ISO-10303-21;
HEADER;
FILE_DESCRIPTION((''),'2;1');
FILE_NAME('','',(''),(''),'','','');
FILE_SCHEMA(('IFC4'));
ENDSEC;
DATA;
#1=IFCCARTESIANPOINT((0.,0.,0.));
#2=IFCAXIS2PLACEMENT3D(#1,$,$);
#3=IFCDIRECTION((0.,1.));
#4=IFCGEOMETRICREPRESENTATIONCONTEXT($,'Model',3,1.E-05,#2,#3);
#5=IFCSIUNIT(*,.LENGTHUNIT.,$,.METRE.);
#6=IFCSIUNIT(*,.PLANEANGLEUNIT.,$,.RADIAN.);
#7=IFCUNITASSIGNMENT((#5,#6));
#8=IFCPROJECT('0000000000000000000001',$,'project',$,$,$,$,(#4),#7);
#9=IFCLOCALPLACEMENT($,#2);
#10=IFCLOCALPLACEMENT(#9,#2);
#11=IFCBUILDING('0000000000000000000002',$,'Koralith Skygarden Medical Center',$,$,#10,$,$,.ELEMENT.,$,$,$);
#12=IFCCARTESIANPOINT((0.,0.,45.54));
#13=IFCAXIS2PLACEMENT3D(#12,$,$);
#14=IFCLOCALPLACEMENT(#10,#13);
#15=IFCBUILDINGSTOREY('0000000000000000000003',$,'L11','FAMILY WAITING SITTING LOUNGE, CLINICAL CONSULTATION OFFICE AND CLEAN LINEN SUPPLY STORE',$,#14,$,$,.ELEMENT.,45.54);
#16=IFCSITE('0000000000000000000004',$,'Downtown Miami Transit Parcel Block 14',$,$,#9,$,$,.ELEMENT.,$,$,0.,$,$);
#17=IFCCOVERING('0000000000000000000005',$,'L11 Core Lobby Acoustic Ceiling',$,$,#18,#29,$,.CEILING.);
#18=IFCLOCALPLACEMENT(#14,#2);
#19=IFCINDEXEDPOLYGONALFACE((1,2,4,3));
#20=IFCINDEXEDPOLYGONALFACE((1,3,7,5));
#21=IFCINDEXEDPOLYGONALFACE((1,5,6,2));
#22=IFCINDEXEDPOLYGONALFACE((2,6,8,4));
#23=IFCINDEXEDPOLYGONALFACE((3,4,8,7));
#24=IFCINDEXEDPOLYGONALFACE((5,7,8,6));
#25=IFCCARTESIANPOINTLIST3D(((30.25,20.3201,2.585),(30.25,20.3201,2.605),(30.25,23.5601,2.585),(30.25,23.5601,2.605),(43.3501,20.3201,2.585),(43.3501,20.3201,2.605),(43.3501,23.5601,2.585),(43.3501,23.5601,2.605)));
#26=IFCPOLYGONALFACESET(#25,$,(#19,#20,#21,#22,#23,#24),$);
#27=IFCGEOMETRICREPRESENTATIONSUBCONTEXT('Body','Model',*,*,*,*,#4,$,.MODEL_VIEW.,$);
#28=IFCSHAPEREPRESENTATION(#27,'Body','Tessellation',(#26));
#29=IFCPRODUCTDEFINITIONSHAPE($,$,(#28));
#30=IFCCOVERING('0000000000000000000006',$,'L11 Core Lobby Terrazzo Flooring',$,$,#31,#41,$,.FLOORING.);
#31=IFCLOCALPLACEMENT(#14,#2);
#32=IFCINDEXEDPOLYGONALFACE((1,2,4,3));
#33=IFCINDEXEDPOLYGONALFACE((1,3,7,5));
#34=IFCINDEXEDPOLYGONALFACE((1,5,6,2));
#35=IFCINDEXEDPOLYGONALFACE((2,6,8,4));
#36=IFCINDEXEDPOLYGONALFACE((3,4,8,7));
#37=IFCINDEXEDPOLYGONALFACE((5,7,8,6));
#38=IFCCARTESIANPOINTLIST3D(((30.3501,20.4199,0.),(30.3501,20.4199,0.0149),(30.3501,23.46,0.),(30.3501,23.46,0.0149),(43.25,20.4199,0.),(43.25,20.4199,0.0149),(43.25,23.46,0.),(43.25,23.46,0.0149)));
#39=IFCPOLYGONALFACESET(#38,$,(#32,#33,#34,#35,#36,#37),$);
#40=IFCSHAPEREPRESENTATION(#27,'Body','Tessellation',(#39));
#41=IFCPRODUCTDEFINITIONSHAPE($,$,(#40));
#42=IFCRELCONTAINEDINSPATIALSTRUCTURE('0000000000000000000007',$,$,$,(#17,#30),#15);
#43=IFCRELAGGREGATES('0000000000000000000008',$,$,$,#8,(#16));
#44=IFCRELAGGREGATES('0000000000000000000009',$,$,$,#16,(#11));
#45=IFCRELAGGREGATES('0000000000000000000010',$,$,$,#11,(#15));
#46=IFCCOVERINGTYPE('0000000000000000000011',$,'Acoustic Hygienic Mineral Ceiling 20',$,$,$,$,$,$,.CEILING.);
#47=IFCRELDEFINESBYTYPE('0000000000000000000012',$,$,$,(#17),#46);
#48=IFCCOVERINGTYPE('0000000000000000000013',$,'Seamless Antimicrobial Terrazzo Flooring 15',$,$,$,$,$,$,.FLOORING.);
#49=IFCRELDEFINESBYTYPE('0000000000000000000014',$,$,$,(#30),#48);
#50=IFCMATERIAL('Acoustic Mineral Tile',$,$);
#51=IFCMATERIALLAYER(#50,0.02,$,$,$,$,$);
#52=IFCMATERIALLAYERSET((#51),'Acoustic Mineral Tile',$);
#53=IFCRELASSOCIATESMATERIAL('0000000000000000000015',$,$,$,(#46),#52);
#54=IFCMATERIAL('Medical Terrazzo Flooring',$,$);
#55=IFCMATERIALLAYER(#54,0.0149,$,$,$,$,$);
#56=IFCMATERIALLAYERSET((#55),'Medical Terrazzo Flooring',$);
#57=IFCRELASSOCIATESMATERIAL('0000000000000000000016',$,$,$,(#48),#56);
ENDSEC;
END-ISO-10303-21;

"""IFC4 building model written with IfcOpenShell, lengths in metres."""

from ifc_helpers import new_model, si_unit, direction, frame, origin, place, context, subcontext, project, spatial, polyline, outline, extrude, material, layer, layer_set, type_object, element, save


model = new_model("IFC4")

# Units and contexts
model_context = context("Model", 3, precision=1e-05, world=origin(), true_north=direction((0.0, 1.0)))
body_context = subcontext(model_context, "Body", "Model", "MODEL_VIEW")
ifc_project = project(units=[si_unit("LENGTHUNIT", "METRE"), si_unit("PLANEANGLEUNIT", "RADIAN")], contexts=[model_context])

# Site, building, storey
site_placement = place(None, origin())
site = spatial("IfcSite", under=ifc_project, at=site_placement, Name="Downtown Miami Transit Parcel Block 14", CompositionType="ELEMENT", RefElevation=0.0)
building_placement = place(site_placement, origin())
building = spatial("IfcBuilding", under=site, at=building_placement, Name="Koralith Skygarden Medical Center", CompositionType="ELEMENT")
storey_placement = place(building_placement, frame((0.0, 0.0, 45.54)))
storey = spatial("IfcBuildingStorey", under=building, at=storey_placement, Name="L11", Description="FAMILY WAITING SITTING LOUNGE, CLINICAL CONSULTATION OFFICE AND CLEAN LINEN SUPPLY STORE", CompositionType="ELEMENT", Elevation=45.54)

# Coverings
ifc_material_1 = material(Name="Acoustic Mineral Tile")
ifc_layer_1 = layer(ifc_material_1, 0.02)
ifc_layer_set_1 = layer_set([ifc_layer_1], Name="Acoustic Mineral Tile")
covering_type_1 = type_object("IfcCoveringType", Name="Acoustic Hygienic Mineral Ceiling 20", PredefinedType="CEILING", material=ifc_layer_set_1)
covering_1_placement = place(storey_placement, frame((0.0, 0.0, 2.585)))
element("IfcCovering", 1, at=covering_1_placement, inside=storey, type_object=covering_type_1, Name="L11 Core Lobby Acoustic Ceiling", PredefinedType="CEILING", context=body_context, shape_type="SweptSolid", body=[
    extrude(outline(polyline([(30.25, 20.3201), (43.3501, 20.3201), (43.3501, 23.5601), (30.25, 23.5601), (30.25, 20.3201)])), origin(), (0.0, 0.0, 1.0), 0.02),
])
ifc_material_2 = material(Name="Medical Terrazzo Flooring")
ifc_layer_2 = layer(ifc_material_2, 0.0149)
ifc_layer_set_2 = layer_set([ifc_layer_2], Name="Medical Terrazzo Flooring")
covering_type_2 = type_object("IfcCoveringType", Name="Seamless Antimicrobial Terrazzo Flooring 15", PredefinedType="FLOORING", material=ifc_layer_set_2)
covering_2_placement = place(storey_placement, origin())
element("IfcCovering", 2, at=covering_2_placement, inside=storey, type_object=covering_type_2, Name="L11 Core Lobby Terrazzo Flooring", PredefinedType="FLOORING", context=body_context, shape_type="SweptSolid", body=[
    extrude(outline(polyline([(30.3501, 20.4199), (43.25, 20.4199), (43.25, 23.46), (30.3501, 23.46), (30.3501, 20.4199)])), origin(), (0.0, 0.0, 1.0), 0.0149),
])

save(model, "model.ifc")
